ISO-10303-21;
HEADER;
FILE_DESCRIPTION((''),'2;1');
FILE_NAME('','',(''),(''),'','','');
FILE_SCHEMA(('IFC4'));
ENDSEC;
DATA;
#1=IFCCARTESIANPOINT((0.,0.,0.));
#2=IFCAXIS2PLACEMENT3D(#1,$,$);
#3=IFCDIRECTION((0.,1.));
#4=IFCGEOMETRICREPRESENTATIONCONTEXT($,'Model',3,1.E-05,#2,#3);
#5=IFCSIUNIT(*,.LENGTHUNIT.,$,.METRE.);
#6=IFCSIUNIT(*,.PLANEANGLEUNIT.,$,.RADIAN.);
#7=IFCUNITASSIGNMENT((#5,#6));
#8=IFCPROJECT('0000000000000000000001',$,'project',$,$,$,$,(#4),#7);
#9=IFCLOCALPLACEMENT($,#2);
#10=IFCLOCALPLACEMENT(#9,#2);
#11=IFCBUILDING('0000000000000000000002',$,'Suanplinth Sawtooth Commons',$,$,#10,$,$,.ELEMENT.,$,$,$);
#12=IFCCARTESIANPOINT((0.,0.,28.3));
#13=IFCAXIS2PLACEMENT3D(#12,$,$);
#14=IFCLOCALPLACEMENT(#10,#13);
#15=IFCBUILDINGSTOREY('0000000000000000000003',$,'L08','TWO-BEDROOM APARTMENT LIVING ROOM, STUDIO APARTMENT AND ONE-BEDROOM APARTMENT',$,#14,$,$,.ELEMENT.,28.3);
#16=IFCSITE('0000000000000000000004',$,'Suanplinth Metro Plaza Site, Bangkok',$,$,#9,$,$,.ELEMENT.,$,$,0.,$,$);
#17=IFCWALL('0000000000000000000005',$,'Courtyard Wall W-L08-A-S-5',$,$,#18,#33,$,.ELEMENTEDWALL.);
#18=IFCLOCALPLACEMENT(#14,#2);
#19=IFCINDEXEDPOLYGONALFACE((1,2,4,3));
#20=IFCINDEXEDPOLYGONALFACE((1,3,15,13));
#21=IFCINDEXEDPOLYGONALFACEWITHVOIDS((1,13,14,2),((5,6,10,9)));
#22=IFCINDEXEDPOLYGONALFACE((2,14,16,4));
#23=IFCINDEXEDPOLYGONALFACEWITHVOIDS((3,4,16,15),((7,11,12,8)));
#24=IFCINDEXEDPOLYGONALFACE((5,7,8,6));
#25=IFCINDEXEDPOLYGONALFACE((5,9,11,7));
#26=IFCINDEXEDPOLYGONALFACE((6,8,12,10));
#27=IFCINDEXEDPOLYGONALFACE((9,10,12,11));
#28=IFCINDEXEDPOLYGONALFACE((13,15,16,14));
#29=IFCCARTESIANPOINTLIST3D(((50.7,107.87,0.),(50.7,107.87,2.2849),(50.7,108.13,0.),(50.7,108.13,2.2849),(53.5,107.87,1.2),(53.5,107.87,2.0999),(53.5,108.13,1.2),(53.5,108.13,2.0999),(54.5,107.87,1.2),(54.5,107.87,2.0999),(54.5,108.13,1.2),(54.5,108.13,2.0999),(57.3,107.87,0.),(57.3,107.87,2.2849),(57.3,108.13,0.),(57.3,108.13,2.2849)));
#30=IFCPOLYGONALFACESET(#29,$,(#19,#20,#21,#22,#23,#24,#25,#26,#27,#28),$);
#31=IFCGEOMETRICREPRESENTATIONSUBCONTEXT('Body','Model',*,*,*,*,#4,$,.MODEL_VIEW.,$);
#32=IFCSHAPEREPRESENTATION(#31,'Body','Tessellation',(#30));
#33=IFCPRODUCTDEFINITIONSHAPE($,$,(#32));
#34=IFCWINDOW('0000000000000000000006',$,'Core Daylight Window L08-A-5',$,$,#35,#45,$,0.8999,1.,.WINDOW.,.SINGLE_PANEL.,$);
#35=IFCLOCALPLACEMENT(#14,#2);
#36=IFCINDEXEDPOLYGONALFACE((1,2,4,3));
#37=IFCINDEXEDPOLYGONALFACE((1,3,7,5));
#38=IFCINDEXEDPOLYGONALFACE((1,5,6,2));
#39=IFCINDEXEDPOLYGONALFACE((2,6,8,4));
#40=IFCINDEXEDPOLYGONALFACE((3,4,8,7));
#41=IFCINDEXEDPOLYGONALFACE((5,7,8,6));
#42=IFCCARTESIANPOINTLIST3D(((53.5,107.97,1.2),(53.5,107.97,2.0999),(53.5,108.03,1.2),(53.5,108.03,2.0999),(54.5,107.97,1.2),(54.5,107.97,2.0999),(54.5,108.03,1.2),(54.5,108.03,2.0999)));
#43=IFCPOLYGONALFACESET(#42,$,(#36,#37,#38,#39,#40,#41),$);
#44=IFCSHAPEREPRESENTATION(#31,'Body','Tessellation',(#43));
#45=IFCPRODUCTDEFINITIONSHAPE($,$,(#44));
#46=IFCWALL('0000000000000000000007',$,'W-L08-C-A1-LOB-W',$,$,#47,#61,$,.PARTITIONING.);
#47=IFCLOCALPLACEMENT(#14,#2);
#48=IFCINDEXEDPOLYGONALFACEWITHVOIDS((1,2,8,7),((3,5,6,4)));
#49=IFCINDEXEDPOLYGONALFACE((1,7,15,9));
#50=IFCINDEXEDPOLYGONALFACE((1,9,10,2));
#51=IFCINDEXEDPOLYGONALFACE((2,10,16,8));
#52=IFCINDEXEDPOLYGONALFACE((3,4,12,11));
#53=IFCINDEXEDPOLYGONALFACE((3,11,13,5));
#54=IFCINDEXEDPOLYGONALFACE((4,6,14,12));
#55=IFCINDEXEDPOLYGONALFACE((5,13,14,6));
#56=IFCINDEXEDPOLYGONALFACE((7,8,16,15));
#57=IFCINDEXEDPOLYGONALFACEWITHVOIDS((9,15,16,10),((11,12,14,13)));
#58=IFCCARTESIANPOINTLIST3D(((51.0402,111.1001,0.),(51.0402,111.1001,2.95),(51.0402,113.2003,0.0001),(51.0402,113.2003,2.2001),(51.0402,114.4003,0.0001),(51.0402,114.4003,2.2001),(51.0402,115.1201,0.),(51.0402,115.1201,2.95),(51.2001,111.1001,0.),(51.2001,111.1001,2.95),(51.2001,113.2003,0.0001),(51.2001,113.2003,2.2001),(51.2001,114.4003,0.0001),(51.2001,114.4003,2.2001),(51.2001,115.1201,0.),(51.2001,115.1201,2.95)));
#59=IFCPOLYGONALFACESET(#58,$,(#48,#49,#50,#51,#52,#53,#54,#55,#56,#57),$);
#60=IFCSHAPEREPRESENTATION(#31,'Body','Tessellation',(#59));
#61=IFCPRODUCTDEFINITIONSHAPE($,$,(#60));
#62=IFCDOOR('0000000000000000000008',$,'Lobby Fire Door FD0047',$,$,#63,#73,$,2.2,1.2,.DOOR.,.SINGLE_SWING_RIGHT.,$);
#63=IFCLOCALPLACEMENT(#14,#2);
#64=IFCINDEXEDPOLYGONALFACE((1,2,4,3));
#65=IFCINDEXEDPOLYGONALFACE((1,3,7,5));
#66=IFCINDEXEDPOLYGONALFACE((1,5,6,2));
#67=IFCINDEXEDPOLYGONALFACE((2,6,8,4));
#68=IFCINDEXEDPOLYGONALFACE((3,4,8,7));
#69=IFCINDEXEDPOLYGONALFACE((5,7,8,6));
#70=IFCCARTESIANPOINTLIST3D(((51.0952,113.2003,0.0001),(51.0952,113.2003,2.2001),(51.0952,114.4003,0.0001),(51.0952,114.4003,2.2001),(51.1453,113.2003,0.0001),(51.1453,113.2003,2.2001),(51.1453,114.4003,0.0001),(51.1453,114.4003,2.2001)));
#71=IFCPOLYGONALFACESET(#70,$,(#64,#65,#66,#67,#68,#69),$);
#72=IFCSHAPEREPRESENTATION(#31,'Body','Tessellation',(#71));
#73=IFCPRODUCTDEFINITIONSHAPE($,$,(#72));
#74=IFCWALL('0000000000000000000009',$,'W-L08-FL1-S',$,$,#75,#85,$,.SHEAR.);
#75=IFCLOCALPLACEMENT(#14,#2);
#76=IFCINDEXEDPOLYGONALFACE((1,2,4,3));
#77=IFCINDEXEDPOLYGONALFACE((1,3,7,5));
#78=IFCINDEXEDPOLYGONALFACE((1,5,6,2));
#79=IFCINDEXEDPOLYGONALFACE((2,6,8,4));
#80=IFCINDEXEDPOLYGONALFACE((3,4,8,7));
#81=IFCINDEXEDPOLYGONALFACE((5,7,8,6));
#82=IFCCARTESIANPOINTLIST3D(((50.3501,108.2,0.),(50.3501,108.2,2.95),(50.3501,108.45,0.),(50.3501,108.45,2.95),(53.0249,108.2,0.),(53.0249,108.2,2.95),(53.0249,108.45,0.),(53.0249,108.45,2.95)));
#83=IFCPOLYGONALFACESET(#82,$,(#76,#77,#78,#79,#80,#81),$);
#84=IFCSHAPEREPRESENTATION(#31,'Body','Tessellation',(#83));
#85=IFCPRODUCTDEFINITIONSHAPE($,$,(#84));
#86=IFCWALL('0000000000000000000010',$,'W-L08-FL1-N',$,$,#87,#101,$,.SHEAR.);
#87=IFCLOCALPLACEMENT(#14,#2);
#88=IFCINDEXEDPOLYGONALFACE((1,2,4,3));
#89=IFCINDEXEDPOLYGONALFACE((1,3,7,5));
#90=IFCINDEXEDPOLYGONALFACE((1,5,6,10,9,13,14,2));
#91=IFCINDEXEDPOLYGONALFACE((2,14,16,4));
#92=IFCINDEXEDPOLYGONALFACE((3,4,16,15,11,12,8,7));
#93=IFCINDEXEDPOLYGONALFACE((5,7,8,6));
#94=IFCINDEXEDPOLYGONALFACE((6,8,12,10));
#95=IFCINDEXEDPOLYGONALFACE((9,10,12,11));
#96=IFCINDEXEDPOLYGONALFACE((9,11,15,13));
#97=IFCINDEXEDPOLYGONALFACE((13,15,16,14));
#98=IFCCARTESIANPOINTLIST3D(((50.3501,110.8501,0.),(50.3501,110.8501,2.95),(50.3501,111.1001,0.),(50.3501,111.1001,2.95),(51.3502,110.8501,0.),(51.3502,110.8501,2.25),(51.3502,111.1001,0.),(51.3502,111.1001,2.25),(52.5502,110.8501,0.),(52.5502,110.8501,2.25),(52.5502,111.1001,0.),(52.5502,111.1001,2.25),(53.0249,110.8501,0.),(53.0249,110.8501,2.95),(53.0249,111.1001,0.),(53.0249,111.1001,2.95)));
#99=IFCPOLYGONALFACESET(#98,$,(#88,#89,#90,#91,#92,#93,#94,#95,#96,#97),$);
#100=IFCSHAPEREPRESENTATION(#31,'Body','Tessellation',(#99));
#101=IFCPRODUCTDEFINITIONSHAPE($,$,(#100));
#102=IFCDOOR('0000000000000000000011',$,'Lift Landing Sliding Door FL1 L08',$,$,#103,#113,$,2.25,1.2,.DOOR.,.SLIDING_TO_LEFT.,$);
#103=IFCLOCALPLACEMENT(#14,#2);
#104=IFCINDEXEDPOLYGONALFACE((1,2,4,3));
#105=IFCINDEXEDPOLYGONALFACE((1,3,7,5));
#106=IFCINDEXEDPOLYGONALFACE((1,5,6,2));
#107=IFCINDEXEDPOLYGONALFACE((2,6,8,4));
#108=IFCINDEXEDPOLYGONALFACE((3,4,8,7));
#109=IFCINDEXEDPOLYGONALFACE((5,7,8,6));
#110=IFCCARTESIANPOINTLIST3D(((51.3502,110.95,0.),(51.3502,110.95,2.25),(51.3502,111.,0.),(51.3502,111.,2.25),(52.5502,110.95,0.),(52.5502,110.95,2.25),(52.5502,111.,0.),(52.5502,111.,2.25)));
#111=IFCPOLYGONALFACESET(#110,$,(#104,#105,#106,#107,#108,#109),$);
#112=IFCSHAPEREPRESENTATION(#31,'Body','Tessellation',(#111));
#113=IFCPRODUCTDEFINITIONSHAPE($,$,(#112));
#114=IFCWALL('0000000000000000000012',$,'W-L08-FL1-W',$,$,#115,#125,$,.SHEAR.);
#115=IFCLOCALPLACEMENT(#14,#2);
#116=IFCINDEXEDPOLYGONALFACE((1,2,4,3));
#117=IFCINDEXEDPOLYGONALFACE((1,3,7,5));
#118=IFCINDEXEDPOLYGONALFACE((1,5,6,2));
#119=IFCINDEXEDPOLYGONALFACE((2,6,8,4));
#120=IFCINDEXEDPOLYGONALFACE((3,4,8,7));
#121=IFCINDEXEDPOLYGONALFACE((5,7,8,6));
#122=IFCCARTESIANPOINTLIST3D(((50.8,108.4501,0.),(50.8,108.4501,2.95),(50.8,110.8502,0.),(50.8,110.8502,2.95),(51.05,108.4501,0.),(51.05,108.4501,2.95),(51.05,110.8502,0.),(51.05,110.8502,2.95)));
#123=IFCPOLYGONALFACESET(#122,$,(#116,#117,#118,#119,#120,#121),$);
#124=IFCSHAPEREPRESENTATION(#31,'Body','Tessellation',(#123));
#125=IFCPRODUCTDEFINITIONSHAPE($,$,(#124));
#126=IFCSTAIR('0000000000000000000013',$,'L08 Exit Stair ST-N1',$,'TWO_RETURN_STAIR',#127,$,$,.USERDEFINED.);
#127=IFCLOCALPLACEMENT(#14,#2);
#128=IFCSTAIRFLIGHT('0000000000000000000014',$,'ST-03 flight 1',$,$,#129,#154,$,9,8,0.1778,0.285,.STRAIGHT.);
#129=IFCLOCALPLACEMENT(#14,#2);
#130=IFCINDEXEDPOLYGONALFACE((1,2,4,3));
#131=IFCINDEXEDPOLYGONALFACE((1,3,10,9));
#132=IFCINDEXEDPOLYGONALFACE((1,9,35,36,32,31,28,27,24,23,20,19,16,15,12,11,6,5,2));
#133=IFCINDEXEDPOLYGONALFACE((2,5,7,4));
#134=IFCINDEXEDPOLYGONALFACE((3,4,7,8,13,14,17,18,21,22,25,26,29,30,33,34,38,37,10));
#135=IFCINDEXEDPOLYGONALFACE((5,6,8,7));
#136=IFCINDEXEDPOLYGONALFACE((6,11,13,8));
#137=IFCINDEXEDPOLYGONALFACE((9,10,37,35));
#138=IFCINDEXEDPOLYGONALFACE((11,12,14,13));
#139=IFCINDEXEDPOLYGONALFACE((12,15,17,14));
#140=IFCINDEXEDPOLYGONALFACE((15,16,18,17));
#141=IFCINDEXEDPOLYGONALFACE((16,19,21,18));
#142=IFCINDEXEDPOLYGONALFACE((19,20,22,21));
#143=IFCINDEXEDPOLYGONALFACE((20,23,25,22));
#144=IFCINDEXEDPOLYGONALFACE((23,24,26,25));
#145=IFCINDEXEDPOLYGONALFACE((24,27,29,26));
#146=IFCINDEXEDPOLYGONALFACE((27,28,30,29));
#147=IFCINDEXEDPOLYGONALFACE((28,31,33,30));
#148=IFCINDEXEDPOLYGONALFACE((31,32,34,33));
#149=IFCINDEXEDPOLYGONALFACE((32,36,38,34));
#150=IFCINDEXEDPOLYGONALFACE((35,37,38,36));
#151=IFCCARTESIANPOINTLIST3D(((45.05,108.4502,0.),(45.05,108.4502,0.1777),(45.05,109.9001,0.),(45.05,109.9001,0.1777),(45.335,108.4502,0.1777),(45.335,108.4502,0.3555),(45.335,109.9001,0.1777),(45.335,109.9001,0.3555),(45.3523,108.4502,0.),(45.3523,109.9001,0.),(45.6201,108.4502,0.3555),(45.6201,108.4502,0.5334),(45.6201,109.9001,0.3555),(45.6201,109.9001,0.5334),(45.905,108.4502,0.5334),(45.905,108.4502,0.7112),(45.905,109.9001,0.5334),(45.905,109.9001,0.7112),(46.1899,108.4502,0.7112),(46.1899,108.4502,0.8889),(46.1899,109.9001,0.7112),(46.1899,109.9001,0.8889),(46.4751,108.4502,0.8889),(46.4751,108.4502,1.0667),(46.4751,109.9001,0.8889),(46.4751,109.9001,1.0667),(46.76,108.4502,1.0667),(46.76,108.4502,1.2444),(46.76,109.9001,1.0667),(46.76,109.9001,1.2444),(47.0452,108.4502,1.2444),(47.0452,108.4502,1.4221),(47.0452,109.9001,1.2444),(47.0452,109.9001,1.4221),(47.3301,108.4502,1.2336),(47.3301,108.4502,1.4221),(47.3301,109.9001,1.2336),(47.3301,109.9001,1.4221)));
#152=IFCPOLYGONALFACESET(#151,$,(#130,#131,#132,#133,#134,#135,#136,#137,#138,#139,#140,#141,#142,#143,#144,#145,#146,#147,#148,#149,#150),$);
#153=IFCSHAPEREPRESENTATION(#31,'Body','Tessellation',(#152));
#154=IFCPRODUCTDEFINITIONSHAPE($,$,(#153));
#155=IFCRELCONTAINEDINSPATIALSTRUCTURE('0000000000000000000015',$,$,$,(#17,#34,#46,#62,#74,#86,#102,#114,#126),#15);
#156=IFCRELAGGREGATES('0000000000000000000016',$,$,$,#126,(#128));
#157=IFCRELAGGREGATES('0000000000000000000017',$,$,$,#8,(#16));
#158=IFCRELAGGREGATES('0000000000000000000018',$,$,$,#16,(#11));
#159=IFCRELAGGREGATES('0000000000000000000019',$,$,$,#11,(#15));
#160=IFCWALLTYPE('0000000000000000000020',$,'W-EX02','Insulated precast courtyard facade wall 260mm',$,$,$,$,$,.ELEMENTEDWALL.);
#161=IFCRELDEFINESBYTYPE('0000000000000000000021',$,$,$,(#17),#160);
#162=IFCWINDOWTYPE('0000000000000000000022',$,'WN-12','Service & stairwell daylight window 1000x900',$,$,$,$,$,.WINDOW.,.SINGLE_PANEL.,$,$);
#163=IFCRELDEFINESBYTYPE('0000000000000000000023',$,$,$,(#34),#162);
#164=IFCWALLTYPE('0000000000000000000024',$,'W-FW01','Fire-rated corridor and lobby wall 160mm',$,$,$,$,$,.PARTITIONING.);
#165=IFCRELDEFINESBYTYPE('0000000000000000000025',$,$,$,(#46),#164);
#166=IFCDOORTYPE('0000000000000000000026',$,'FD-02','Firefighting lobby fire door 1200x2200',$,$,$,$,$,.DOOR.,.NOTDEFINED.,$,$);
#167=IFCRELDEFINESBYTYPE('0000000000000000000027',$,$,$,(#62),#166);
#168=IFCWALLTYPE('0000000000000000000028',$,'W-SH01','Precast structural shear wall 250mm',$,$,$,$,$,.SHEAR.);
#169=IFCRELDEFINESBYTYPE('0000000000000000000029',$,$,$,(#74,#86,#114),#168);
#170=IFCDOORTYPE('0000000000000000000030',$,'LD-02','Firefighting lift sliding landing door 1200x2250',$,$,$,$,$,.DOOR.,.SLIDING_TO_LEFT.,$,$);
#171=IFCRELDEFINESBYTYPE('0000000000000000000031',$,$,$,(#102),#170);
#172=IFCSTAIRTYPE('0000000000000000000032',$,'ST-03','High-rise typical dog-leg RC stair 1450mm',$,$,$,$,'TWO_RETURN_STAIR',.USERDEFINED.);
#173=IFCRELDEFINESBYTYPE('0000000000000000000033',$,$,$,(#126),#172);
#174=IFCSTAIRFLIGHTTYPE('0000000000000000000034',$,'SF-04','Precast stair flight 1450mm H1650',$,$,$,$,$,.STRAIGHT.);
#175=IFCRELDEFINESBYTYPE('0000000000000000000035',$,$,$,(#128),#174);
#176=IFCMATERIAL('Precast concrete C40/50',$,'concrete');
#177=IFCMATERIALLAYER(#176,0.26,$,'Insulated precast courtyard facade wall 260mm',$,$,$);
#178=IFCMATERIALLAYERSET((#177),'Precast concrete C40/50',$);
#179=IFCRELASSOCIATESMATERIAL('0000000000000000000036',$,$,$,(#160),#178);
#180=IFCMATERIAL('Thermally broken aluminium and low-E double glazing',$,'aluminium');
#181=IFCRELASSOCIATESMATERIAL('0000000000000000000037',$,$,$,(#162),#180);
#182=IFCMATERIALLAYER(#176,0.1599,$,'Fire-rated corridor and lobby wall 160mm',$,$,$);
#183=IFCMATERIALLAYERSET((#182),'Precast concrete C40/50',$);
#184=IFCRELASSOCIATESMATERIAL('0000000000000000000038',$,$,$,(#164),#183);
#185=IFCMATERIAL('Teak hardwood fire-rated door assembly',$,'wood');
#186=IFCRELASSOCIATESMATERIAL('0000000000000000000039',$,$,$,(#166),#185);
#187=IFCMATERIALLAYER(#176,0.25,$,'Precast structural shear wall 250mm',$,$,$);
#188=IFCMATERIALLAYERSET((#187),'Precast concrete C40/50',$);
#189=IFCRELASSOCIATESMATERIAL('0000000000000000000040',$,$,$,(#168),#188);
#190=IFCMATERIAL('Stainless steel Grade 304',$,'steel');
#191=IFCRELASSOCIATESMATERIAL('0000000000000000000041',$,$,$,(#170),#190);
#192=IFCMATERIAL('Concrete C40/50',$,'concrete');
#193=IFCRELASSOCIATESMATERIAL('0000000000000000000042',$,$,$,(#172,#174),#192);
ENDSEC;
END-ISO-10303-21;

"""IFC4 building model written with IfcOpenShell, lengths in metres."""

from ifc_helpers import new_model, si_unit, direction, frame, frame_2d, origin, place, context, subcontext, project, spatial, polyline, rectangle, outline, extrude, material, layer, layer_set, type_object, element, fill, aggregate, save


model = new_model("IFC4")

# Units and contexts
model_context = context("Model", 3, precision=1e-05, world=origin(), true_north=direction((0.0, 1.0)))
body_context = subcontext(model_context, "Body", "Model", "MODEL_VIEW")
ifc_project = project(units=[si_unit("LENGTHUNIT", "METRE"), si_unit("PLANEANGLEUNIT", "RADIAN")], contexts=[model_context])

# Site, building, storey
site_placement = place(None, origin())
site = spatial("IfcSite", under=ifc_project, at=site_placement, Name="Suanplinth Metro Plaza Site, Bangkok", CompositionType="ELEMENT", RefElevation=0.0)
building_placement = place(site_placement, origin())
building = spatial("IfcBuilding", under=site, at=building_placement, Name="Suanplinth Sawtooth Commons", CompositionType="ELEMENT")
storey_placement = place(building_placement, frame((0.0, 0.0, 28.3)))
storey = spatial("IfcBuildingStorey", under=building, at=storey_placement, Name="L08", Description="TWO-BEDROOM APARTMENT LIVING ROOM, STUDIO APARTMENT AND ONE-BEDROOM APARTMENT", CompositionType="ELEMENT", Elevation=28.3)

# Shared definitions
ifc_material_1 = material(Name="Precast concrete C40/50", Category="concrete")

# Shared definitions
ifc_material_2 = material(Name="Concrete C40/50", Category="concrete")

# Shared definitions
ifc_material_3 = material(Name="Teak hardwood fire-rated door assembly", Category="wood")

# Wall, opening, window
ifc_layer_1 = layer(ifc_material_1, 0.26, Name="Insulated precast courtyard facade wall 260mm")
ifc_layer_set_1 = layer_set([ifc_layer_1], Name="Precast concrete C40/50")
wall_type_1 = type_object("IfcWallType", Name="W-EX02", Description="Insulated precast courtyard facade wall 260mm", PredefinedType="ELEMENTEDWALL", material=ifc_layer_set_1)
ifc_material_4 = material(Name="Thermally broken aluminium and low-E double glazing", Category="aluminium")
window_type = type_object("IfcWindowType", Name="WN-12", Description="Service & stairwell daylight window 1000x900", PartitioningType="SINGLE_PANEL", PredefinedType="WINDOW", material=ifc_material_4)
wall_1_placement = place(storey_placement, frame((50.7, 108.0, 0.0), z_axis=(0.0, 0.0, 1.0), x_axis=(1.0, 0.0, 0.0)))
wall_1 = element("IfcWall", 1, at=wall_1_placement, inside=storey, type_object=wall_type_1, Name="Courtyard Wall W-L08-A-S-5", PredefinedType="ELEMENTEDWALL", context=body_context, shape_type="SweptSolid", body=[
    extrude(rectangle(XDim=6.6001, YDim=0.26, at=frame_2d((3.3, 0.0))), origin(), (0.0, 0.0, 1.0), 2.2849),
])
opening_1_placement = place(wall_1_placement, frame((2.8, 0.0, 1.2)))
opening_1 = element("IfcOpeningElement", 2, at=opening_1_placement, cuts=wall_1, PredefinedType="OPENING", context=body_context, shape_type="SweptSolid", body=[
    extrude(rectangle(XDim=1.0, YDim=0.8999, at=frame_2d((0.5, 0.45))), frame((0.0, 0.145, 0.0), z_axis=(0.0, -1.0, 0.0), x_axis=(1.0, 0.0, 0.0)), (0.0, 0.0, 1.0), 0.2898),
])
window_1_placement = place(opening_1_placement, origin())
window_1 = element("IfcWindow", 3, at=window_1_placement, inside=storey, type_object=window_type, Name="Core Daylight Window L08-A-5", OverallHeight=0.8999, OverallWidth=1.0, PartitioningType="SINGLE_PANEL", PredefinedType="WINDOW", context=body_context, shape_type="SweptSolid", body=[
    extrude(rectangle(XDim=1.0, YDim=0.8999, at=frame_2d((0.5, 0.45))), frame((0.0, 0.03, 0.0), z_axis=(0.0, -1.0, 0.0), x_axis=(1.0, 0.0, 0.0)), (0.0, 0.0, 1.0), 0.0601),
])
fill(opening_1, window_1)

# Wall, opening, door
ifc_layer_2 = layer(ifc_material_1, 0.1599, Name="Fire-rated corridor and lobby wall 160mm")
ifc_layer_set_2 = layer_set([ifc_layer_2], Name="Precast concrete C40/50")
wall_type_2 = type_object("IfcWallType", Name="W-FW01", Description="Fire-rated corridor and lobby wall 160mm", PredefinedType="PARTITIONING", material=ifc_layer_set_2)
wall_2_placement = place(storey_placement, frame((51.1201, 111.1001, 0.0), z_axis=(0.0, 0.0, 1.0), x_axis=(0.0, 1.0, 0.0)))
wall_2 = element("IfcWall", 4, at=wall_2_placement, inside=storey, type_object=wall_type_2, Name="W-L08-C-A1-LOB-W", PredefinedType="PARTITIONING", context=body_context, shape_type="SweptSolid", body=[
    extrude(rectangle(XDim=4.02, YDim=0.1599, at=frame_2d((2.01, 0.0))), origin(), (0.0, 0.0, 1.0), 2.95),
])
opening_2_placement = place(wall_2_placement, frame((2.1001, 0.0, 0.0)))
opening_2 = element("IfcOpeningElement", 5, at=opening_2_placement, cuts=wall_2, PredefinedType="OPENING", context=body_context, shape_type="SweptSolid", body=[
    extrude(rectangle(XDim=1.2, YDim=2.2, at=frame_2d((0.6001, 1.1001))), frame((0.0, 0.0947, 0.0), z_axis=(0.0, -1.0, 0.0), x_axis=(1.0, 0.0, 0.0)), (0.0, 0.0, 1.0), 0.1897),
])
door_type_1 = type_object("IfcDoorType", Name="FD-02", Description="Firefighting lobby fire door 1200x2200", OperationType="NOTDEFINED", PredefinedType="DOOR", material=ifc_material_3)
door_1_placement = place(opening_2_placement, origin())
door_1 = element("IfcDoor", 6, at=door_1_placement, inside=storey, type_object=door_type_1, Name="Lobby Fire Door FD0047", OperationType="SINGLE_SWING_RIGHT", OverallHeight=2.2, OverallWidth=1.2, PredefinedType="DOOR", context=body_context, shape_type="SweptSolid", body=[
    extrude(rectangle(XDim=1.2, YDim=2.2, at=frame_2d((0.6001, 1.1001))), frame((0.0, 0.0249, 0.0), z_axis=(0.0, -1.0, 0.0), x_axis=(1.0, 0.0, 0.0)), (0.0, 0.0, 1.0), 0.05),
])
fill(opening_2, door_1)

# Wall
ifc_layer_3 = layer(ifc_material_1, 0.25, Name="Precast structural shear wall 250mm")
ifc_layer_set_3 = layer_set([ifc_layer_3], Name="Precast concrete C40/50")
wall_type_3 = type_object("IfcWallType", Name="W-SH01", Description="Precast structural shear wall 250mm", PredefinedType="SHEAR", material=ifc_layer_set_3)
wall_3_placement = place(storey_placement, frame((50.3501, 108.325, 0.0), z_axis=(0.0, 0.0, 1.0), x_axis=(1.0, 0.0, 0.0)))
element("IfcWall", 7, at=wall_3_placement, inside=storey, type_object=wall_type_3, Name="W-L08-FL1-S", PredefinedType="SHEAR", context=body_context, shape_type="SweptSolid", body=[
    extrude(rectangle(XDim=2.6748, YDim=0.25, at=frame_2d((1.3374, 0.0))), origin(), (0.0, 0.0, 1.0), 2.95),
])

# Wall, opening, door
wall_4_placement = place(storey_placement, frame((50.3501, 110.9751, 0.0), z_axis=(0.0, 0.0, 1.0), x_axis=(1.0, 0.0, 0.0)))
wall_4 = element("IfcWall", 8, at=wall_4_placement, inside=storey, type_object=wall_type_3, Name="W-L08-FL1-N", PredefinedType="SHEAR", context=body_context, shape_type="SweptSolid", body=[
    extrude(rectangle(XDim=2.6748, YDim=0.25, at=frame_2d((1.3374, 0.0))), origin(), (0.0, 0.0, 1.0), 2.95),
])
opening_3_placement = place(wall_4_placement, frame((1.0, 0.0, 0.0)))
opening_3 = element("IfcOpeningElement", 9, at=opening_3_placement, cuts=wall_4, PredefinedType="OPENING", context=body_context, shape_type="SweptSolid", body=[
    extrude(rectangle(XDim=1.2, YDim=2.25, at=frame_2d((0.6001, 1.125))), frame((0.0, 0.1399, 0.0), z_axis=(0.0, -1.0, 0.0), x_axis=(1.0, 0.0, 0.0)), (0.0, 0.0, 1.0), 0.2798),
])
ifc_material_5 = material(Name="Stainless steel Grade 304", Category="steel")
door_type_2 = type_object("IfcDoorType", Name="LD-02", Description="Firefighting lift sliding landing door 1200x2250", OperationType="SLIDING_TO_LEFT", PredefinedType="DOOR", material=ifc_material_5)
door_2_placement = place(opening_3_placement, origin())
door_2 = element("IfcDoor", 10, at=door_2_placement, inside=storey, type_object=door_type_2, Name="Lift Landing Sliding Door FL1 L08", OperationType="SLIDING_TO_LEFT", OverallHeight=2.25, OverallWidth=1.2, PredefinedType="DOOR", context=body_context, shape_type="SweptSolid", body=[
    extrude(rectangle(XDim=1.2, YDim=2.25, at=frame_2d((0.6001, 1.125))), frame((0.0, 0.0249, 0.0), z_axis=(0.0, -1.0, 0.0), x_axis=(1.0, 0.0, 0.0)), (0.0, 0.0, 1.0), 0.05),
])
fill(opening_3, door_2)

# Wall
wall_5_placement = place(storey_placement, frame((50.925, 108.45, 0.0), z_axis=(0.0, 0.0, 1.0), x_axis=(0.0, 1.0, 0.0)))
element("IfcWall", 11, at=wall_5_placement, inside=storey, type_object=wall_type_3, Name="W-L08-FL1-W", PredefinedType="SHEAR", context=body_context, shape_type="SweptSolid", body=[
    extrude(rectangle(XDim=2.4001, YDim=0.25, at=frame_2d((1.2002, 0.0))), origin(), (0.0, 0.0, 1.0), 2.95),
])

# Stair, stair flight
stair_type = type_object("IfcStairType", Name="ST-03", Description="High-rise typical dog-leg RC stair 1450mm", ElementType="TWO_RETURN_STAIR", PredefinedType="USERDEFINED", material=ifc_material_2)
stair_placement = place(storey_placement, origin())
stair = element("IfcStair", 12, at=stair_placement, inside=storey, type_object=stair_type, Name="L08 Exit Stair ST-N1", ObjectType="TWO_RETURN_STAIR", PredefinedType="USERDEFINED")
stair_flight_type = type_object("IfcStairFlightType", Name="SF-04", Description="Precast stair flight 1450mm H1650", PredefinedType="STRAIGHT", material=ifc_material_2)
stair_flight_1_placement = place(storey_placement, frame((45.05, 109.175, 0.0), z_axis=(0.0, 0.0, 1.0), x_axis=(1.0, 0.0, 0.0)))
stair_flight_1 = element("IfcStairFlight", 13, at=stair_flight_1_placement, type_object=stair_flight_type, Name="ST-03 flight 1", NumberOfRisers=9, NumberOfTreads=8, PredefinedType="STRAIGHT", RiserHeight=0.1778, TreadLength=0.285, context=body_context, shape_type="SweptSolid", body=[
    extrude(outline(polyline([(0.0, 0.0), (0.0, 0.1777), (0.2849, 0.1777), (0.2849, 0.3555), (0.5701, 0.3555), (0.5701, 0.5334), (0.855, 0.5334), (0.855, 0.7112), (1.1399, 0.7112), (1.1399, 0.8889), (1.425, 0.8889), (1.425, 1.0667), (1.71, 1.0667), (1.71, 1.2444), (1.9951, 1.2444), (1.9951, 1.4221), (2.28, 1.4221), (2.28, 1.6001), (2.28, 1.2336), (0.3022, 0.0), (0.0, 0.0)])), frame((0.0, 0.7251, 0.0), z_axis=(0.0, -1.0, 0.0), x_axis=(1.0, 0.0, 0.0)), (0.0, 0.0, 1.0), 1.45),
])
aggregate(stair, [stair_flight_1])

save(model, "model.ifc")
